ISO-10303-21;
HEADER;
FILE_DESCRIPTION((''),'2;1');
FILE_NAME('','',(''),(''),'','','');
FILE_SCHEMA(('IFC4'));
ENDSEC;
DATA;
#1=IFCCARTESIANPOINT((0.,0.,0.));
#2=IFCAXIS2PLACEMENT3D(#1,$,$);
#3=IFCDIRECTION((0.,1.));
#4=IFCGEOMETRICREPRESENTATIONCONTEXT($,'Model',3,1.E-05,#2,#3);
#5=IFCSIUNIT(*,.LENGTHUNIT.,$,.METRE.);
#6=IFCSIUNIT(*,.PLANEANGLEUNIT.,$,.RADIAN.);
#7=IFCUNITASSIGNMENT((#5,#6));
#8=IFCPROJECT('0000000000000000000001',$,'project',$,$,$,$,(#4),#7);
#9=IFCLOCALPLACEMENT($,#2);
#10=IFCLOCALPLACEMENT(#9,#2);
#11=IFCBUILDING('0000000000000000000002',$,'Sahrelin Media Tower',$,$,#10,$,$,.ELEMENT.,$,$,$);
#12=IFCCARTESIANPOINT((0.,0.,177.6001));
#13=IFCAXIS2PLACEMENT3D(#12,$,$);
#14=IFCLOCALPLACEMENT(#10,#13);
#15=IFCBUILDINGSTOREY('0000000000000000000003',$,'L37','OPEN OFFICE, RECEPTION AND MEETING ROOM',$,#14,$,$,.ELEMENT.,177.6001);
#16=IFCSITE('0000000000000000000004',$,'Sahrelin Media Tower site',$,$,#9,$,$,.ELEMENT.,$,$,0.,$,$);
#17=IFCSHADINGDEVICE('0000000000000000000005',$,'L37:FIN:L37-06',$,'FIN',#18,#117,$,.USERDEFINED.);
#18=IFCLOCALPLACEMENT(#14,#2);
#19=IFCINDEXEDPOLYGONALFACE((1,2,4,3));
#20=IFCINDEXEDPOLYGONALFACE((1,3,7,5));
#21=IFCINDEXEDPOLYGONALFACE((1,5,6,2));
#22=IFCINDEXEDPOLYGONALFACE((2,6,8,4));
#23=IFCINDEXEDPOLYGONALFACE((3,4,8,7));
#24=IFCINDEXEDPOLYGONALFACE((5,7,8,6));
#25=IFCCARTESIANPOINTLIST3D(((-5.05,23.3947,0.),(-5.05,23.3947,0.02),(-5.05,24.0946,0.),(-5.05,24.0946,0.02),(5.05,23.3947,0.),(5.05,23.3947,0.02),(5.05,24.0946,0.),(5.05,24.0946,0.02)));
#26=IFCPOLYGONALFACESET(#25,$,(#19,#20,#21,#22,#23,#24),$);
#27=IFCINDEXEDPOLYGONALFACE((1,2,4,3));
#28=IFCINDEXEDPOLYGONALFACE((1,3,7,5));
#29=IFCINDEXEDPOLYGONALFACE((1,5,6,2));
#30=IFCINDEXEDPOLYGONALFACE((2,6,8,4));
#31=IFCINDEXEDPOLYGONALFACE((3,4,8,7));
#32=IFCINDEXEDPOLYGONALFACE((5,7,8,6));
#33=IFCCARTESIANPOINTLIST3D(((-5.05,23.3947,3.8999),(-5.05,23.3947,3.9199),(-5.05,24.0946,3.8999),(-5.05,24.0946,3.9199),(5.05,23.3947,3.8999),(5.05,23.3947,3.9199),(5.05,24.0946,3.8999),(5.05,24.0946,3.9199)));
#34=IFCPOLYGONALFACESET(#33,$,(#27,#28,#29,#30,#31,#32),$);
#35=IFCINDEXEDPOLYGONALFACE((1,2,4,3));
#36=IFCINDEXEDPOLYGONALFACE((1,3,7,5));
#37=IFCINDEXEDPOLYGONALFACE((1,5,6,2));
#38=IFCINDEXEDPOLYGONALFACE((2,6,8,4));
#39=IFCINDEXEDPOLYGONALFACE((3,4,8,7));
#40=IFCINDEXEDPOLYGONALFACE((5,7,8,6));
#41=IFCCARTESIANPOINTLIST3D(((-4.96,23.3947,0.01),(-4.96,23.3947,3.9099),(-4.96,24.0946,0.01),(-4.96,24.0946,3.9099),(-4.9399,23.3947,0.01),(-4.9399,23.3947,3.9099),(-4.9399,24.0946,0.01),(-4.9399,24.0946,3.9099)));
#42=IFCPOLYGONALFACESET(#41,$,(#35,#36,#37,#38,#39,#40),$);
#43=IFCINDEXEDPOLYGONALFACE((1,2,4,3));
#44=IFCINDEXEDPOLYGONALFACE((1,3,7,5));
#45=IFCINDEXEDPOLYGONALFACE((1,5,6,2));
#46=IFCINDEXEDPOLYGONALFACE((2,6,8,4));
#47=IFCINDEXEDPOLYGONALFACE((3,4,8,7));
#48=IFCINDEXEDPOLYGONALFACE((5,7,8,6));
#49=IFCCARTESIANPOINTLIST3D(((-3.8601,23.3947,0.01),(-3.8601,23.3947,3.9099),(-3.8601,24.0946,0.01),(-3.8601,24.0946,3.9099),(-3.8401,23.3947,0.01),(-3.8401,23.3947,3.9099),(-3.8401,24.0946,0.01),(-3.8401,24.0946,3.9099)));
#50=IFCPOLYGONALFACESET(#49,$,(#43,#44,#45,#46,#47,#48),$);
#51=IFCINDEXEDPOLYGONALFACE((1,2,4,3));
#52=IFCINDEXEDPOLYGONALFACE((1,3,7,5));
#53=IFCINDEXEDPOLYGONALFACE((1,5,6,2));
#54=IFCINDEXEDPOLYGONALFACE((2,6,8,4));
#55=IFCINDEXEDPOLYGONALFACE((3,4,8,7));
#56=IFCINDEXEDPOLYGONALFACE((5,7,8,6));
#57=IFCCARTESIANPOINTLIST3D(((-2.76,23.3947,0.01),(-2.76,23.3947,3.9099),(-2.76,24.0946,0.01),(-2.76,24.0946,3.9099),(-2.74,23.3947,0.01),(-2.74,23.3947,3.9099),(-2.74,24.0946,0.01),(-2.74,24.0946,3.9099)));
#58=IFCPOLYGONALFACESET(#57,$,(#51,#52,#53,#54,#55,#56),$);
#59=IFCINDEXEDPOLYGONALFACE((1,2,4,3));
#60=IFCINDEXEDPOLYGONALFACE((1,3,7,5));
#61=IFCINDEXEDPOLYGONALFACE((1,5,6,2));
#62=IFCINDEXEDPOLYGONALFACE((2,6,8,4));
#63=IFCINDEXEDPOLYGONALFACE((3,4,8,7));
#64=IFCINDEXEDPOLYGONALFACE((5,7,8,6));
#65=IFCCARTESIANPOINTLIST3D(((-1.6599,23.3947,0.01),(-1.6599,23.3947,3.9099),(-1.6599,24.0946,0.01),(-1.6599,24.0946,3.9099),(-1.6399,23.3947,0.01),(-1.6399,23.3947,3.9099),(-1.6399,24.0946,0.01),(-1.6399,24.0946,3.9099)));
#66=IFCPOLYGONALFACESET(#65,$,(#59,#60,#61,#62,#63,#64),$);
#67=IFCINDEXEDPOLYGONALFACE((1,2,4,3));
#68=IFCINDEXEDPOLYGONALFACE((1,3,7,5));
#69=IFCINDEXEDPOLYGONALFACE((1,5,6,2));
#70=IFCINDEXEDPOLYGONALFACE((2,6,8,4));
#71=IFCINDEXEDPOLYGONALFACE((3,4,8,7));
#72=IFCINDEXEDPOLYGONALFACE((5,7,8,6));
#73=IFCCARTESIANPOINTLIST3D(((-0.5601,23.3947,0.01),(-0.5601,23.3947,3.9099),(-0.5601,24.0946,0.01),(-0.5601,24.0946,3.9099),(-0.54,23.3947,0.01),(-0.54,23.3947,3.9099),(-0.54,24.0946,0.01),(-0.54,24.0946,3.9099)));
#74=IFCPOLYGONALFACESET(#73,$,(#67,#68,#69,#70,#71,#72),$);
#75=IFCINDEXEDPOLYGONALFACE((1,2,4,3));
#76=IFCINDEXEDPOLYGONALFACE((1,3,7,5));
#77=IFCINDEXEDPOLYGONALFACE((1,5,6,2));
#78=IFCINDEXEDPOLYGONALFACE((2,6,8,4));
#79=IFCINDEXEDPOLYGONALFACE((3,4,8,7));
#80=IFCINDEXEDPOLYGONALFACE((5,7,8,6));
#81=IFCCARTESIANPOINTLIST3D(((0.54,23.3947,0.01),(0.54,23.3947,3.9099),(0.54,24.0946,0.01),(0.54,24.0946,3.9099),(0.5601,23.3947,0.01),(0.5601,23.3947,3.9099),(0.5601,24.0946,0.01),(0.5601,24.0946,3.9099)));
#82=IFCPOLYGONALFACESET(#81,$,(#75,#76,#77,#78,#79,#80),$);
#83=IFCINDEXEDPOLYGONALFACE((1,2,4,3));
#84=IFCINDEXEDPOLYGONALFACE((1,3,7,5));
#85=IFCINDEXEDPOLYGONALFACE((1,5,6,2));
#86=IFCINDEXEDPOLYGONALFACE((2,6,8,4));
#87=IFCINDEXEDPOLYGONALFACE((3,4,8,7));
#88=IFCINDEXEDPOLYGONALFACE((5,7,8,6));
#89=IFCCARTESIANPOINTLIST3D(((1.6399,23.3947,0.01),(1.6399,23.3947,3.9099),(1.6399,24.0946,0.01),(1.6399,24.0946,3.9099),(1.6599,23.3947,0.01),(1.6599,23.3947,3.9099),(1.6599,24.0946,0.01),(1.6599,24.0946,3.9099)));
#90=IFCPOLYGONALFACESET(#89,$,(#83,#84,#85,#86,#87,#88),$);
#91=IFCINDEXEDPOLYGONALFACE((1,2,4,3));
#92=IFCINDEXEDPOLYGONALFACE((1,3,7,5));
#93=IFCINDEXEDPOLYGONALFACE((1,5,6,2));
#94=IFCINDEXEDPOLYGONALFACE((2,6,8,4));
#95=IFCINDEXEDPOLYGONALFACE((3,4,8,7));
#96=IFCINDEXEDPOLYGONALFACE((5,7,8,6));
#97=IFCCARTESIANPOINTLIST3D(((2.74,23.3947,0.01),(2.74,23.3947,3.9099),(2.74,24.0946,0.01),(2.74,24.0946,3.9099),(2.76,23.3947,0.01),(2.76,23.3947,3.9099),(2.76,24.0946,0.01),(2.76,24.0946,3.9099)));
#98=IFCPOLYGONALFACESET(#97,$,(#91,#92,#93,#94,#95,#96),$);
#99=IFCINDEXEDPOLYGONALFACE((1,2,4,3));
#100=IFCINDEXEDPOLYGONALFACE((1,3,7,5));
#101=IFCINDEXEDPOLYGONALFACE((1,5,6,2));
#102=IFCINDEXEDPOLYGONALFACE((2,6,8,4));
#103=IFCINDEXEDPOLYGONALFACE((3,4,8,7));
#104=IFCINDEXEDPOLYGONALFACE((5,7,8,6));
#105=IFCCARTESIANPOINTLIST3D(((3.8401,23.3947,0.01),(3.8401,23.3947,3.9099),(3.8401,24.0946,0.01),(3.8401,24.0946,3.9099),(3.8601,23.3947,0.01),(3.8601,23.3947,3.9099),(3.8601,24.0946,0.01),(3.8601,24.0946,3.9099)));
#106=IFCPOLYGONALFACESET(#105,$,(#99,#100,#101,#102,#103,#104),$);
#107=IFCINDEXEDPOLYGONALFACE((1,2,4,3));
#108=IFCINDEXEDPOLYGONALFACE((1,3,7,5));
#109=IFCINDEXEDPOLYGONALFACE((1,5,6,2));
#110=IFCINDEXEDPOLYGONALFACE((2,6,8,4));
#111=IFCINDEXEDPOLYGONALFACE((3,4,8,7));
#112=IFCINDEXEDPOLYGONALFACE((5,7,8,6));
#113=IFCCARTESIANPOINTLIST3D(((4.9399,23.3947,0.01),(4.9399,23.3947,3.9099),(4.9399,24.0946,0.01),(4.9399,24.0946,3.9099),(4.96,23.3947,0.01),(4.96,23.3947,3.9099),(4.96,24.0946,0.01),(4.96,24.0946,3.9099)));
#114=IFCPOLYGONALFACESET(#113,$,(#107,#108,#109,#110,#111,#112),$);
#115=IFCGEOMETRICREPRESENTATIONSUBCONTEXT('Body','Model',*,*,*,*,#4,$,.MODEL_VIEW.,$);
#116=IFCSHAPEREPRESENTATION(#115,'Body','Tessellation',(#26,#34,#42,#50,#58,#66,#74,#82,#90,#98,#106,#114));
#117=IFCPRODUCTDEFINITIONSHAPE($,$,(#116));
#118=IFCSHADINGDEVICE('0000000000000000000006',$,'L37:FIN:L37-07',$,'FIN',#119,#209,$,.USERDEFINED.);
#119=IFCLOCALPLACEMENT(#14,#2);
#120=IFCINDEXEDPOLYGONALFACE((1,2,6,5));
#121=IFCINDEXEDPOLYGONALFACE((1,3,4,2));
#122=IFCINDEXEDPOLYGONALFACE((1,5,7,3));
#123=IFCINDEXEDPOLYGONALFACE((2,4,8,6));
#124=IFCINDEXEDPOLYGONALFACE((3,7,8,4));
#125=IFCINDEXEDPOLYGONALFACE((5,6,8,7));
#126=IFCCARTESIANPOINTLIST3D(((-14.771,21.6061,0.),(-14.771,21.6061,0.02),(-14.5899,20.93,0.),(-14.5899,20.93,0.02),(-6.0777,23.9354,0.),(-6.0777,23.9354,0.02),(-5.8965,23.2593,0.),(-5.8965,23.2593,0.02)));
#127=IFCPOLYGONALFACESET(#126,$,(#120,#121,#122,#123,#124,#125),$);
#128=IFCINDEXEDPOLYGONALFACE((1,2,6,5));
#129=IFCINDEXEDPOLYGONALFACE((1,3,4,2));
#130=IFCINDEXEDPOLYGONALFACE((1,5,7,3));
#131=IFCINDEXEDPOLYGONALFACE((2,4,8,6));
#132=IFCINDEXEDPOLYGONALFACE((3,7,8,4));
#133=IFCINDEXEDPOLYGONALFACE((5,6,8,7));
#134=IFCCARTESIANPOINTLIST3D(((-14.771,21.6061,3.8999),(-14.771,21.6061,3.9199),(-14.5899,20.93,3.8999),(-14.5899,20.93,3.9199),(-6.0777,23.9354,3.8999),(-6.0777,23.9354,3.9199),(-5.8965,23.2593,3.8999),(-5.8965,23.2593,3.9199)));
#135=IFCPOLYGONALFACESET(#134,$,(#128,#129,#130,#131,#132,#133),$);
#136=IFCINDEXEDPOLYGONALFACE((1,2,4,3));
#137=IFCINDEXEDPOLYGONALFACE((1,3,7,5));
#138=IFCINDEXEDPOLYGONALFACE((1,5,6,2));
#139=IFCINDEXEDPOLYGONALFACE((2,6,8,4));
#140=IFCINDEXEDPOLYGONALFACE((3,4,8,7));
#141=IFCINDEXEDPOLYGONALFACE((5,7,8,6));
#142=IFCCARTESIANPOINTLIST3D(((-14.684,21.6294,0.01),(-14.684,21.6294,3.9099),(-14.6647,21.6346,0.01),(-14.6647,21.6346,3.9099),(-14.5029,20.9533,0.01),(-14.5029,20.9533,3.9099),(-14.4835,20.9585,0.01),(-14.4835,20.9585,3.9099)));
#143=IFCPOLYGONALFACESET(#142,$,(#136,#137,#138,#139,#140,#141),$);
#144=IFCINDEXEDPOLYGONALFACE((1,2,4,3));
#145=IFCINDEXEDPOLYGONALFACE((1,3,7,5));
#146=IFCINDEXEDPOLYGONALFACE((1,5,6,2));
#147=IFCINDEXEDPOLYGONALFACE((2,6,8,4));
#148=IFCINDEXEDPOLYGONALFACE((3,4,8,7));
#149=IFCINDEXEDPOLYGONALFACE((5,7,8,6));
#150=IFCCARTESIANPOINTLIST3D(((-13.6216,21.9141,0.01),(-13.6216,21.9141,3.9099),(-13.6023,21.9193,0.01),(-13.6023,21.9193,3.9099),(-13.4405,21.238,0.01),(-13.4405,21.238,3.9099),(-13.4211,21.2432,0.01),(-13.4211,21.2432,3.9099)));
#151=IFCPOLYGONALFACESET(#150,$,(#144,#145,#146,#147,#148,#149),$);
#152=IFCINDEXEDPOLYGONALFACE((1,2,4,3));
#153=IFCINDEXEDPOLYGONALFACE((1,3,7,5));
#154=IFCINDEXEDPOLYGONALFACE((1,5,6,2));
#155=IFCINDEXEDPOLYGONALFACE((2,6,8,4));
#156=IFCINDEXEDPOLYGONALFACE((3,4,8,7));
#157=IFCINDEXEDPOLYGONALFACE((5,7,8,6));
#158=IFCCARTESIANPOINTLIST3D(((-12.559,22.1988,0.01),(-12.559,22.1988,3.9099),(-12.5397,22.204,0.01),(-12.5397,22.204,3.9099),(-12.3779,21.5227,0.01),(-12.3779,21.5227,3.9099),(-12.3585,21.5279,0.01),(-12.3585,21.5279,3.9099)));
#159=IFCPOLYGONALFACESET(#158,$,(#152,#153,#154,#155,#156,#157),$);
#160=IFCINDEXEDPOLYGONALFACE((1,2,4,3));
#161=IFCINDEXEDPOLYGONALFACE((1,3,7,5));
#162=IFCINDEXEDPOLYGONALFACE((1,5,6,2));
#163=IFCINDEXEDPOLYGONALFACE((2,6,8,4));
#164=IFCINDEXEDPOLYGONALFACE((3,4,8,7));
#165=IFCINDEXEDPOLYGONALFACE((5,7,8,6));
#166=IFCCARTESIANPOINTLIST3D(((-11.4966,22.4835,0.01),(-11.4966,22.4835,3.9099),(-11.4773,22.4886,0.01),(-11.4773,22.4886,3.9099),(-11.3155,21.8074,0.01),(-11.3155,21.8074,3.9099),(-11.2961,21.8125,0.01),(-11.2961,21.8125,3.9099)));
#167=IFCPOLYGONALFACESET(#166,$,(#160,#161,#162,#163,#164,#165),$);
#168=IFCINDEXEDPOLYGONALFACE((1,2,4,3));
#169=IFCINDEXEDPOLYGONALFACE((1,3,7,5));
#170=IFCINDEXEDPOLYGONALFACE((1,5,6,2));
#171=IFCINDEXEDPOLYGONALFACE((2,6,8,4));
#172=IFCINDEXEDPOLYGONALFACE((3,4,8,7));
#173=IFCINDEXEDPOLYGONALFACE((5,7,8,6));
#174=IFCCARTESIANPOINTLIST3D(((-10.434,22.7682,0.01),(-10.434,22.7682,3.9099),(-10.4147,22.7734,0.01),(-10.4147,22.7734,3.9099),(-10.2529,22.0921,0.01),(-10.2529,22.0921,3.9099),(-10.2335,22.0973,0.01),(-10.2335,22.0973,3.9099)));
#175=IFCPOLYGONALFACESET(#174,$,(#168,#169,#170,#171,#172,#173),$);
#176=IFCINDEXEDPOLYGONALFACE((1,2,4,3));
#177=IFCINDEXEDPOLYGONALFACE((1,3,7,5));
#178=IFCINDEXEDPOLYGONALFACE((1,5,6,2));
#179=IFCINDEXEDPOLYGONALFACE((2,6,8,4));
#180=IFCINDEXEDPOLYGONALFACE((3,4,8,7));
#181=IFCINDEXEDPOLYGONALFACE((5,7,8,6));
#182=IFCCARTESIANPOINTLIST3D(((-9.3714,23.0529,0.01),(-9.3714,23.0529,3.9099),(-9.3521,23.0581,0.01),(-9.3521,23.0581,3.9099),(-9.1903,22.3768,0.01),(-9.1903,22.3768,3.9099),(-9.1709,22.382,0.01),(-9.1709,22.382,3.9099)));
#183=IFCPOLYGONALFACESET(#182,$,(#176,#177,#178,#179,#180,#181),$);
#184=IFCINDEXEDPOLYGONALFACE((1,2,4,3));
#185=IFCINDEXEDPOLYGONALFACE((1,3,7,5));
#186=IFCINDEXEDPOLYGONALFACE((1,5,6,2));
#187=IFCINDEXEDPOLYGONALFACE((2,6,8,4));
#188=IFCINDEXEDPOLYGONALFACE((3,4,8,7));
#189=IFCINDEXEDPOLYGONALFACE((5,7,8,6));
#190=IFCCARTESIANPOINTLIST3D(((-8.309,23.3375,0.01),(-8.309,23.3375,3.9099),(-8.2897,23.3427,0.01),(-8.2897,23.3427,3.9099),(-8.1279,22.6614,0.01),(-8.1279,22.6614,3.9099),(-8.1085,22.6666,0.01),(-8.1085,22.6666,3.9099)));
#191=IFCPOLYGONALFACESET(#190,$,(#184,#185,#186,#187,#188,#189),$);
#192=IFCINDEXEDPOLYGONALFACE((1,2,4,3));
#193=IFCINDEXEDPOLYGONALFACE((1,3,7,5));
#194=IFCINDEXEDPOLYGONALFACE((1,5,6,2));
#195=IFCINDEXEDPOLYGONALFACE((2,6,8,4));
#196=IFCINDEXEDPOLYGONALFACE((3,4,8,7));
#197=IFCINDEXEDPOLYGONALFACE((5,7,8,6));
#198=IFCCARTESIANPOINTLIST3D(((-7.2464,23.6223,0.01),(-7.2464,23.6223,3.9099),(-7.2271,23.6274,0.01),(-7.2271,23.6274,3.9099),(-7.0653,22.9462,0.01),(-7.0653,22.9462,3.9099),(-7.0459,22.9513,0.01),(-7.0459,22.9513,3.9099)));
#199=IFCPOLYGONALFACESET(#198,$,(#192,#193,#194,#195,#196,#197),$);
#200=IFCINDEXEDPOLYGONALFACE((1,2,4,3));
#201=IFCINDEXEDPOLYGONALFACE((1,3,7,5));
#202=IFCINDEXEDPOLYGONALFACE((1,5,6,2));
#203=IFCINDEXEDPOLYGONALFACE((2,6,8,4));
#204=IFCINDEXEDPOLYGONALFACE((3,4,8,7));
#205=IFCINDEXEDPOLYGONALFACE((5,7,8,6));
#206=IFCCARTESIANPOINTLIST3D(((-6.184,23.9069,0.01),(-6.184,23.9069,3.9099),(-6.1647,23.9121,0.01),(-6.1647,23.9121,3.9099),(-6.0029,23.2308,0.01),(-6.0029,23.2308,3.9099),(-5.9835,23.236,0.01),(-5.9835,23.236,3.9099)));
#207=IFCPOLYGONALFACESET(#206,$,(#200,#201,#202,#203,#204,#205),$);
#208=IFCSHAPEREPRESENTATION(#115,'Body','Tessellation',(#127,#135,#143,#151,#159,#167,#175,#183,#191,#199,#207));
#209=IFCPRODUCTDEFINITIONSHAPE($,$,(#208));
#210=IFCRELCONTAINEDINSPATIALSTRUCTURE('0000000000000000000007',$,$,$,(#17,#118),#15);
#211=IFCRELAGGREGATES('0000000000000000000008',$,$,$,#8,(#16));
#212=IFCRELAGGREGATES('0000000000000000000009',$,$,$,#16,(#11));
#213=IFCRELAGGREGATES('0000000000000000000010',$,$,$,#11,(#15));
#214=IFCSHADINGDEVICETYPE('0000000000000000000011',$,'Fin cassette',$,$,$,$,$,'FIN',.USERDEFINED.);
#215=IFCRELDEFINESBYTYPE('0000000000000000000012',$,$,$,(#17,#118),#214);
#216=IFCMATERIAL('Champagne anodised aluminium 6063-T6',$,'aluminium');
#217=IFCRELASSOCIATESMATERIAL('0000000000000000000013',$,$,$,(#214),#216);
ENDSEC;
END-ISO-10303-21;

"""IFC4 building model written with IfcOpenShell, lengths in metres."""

from ifc_helpers import new_model, si_unit, direction, frame, origin, origin_2d, place, context, subcontext, project, spatial, rectangle, extrude, material, type_object, element, save


model = new_model("IFC4")

# Units and contexts
model_context = context("Model", 3, precision=1e-05, world=origin(), true_north=direction((0.0, 1.0)))
body_context = subcontext(model_context, "Body", "Model", "MODEL_VIEW")
ifc_project = project(units=[si_unit("LENGTHUNIT", "METRE"), si_unit("PLANEANGLEUNIT", "RADIAN")], contexts=[model_context])

# Site, building, storey
site_placement = place(None, origin())
site = spatial("IfcSite", under=ifc_project, at=site_placement, Name="Sahrelin Media Tower site", CompositionType="ELEMENT", RefElevation=0.0)
building_placement = place(site_placement, origin())
building = spatial("IfcBuilding", under=site, at=building_placement, Name="Sahrelin Media Tower", CompositionType="ELEMENT")
storey_placement = place(building_placement, frame((0.0, 0.0, 177.6001)))
storey = spatial("IfcBuildingStorey", under=building, at=storey_placement, Name="L37", Description="OPEN OFFICE, RECEPTION AND MEETING ROOM", CompositionType="ELEMENT", Elevation=177.6001)

# Shared definitions
ifc_material_1 = material(Name="Champagne anodised aluminium 6063-T6", Category="aluminium")
placement_1 = place(storey_placement, frame((0.0, 23.3247, 0.0), z_axis=(0.0, 0.0, 1.0), x_axis=(1.0, 0.0, 0.0)))

# Shading devices
shading_device_type_1 = type_object("IfcShadingDeviceType", Name="Fin cassette", ElementType="FIN", PredefinedType="USERDEFINED", material=ifc_material_1)
element("IfcShadingDevice", 1, at=placement_1, inside=storey, type_object=shading_device_type_1, Name="L37:FIN:L37-06", ObjectType="FIN", PredefinedType="USERDEFINED", context=body_context, shape_type="SweptSolid", body=[
    extrude(rectangle(XDim=10.1001, YDim=0.7, at=origin_2d()), frame((0.0, 0.4199, 0.0)), (0.0, 0.0, 1.0), 0.02),
    extrude(rectangle(XDim=10.1001, YDim=0.7, at=origin_2d()), frame((0.0, 0.4199, 3.8999)), (0.0, 0.0, 1.0), 0.02),
    extrude(rectangle(XDim=0.02, YDim=0.7, at=origin_2d()), frame((-4.95, 0.4199, 0.01), z_axis=(0.0, 0.0, 1.0), x_axis=(1.0, 0.0, 0.0)), (0.0, 0.0, 1.0), 3.8999),
    extrude(rectangle(XDim=0.02, YDim=0.7, at=origin_2d()), frame((-3.8501, 0.4199, 0.01), z_axis=(0.0, 0.0, 1.0), x_axis=(1.0, 0.0, 0.0)), (0.0, 0.0, 1.0), 3.8999),
    extrude(rectangle(XDim=0.02, YDim=0.7, at=origin_2d()), frame((-2.75, 0.4199, 0.01), z_axis=(0.0, 0.0, 1.0), x_axis=(1.0, 0.0, 0.0)), (0.0, 0.0, 1.0), 3.8999),
    extrude(rectangle(XDim=0.02, YDim=0.7, at=origin_2d()), frame((-1.6499, 0.4199, 0.01), z_axis=(0.0, 0.0, 1.0), x_axis=(1.0, 0.0, 0.0)), (0.0, 0.0, 1.0), 3.8999),
    extrude(rectangle(XDim=0.02, YDim=0.7, at=origin_2d()), frame((-0.55, 0.4199, 0.01), z_axis=(0.0, 0.0, 1.0), x_axis=(1.0, 0.0, 0.0)), (0.0, 0.0, 1.0), 3.8999),
    extrude(rectangle(XDim=0.02, YDim=0.7, at=origin_2d()), frame((0.55, 0.4199, 0.01), z_axis=(0.0, 0.0, 1.0), x_axis=(1.0, 0.0, 0.0)), (0.0, 0.0, 1.0), 3.8999),
    extrude(rectangle(XDim=0.02, YDim=0.7, at=origin_2d()), frame((1.6499, 0.4199, 0.01), z_axis=(0.0, 0.0, 1.0), x_axis=(1.0, 0.0, 0.0)), (0.0, 0.0, 1.0), 3.8999),
    extrude(rectangle(XDim=0.02, YDim=0.7, at=origin_2d()), frame((2.75, 0.4199, 0.01), z_axis=(0.0, 0.0, 1.0), x_axis=(1.0, 0.0, 0.0)), (0.0, 0.0, 1.0), 3.8999),
    extrude(rectangle(XDim=0.02, YDim=0.7, at=origin_2d()), frame((3.8501, 0.4199, 0.01), z_axis=(0.0, 0.0, 1.0), x_axis=(1.0, 0.0, 0.0)), (0.0, 0.0, 1.0), 3.8999),
    extrude(rectangle(XDim=0.02, YDim=0.7, at=origin_2d()), frame((4.95, 0.4199, 0.01), z_axis=(0.0, 0.0, 1.0), x_axis=(1.0, 0.0, 0.0)), (0.0, 0.0, 1.0), 3.8999),
])
placement_2 = place(storey_placement, frame((-10.2251, 22.0271, 0.0), z_axis=(0.0, 0.0, 1.0), x_axis=(0.965929, 0.258808, 0.0)))
element("IfcShadingDevice", 2, at=placement_2, inside=storey, type_object=shading_device_type_1, Name="L37:FIN:L37-07", ObjectType="FIN", PredefinedType="USERDEFINED", context=body_context, shape_type="SweptSolid", body=[
    extrude(rectangle(XDim=9.0, YDim=0.7, at=origin_2d()), frame((0.0, 0.4199, 0.0)), (0.0, 0.0, 1.0), 0.02),
    extrude(rectangle(XDim=9.0, YDim=0.7, at=origin_2d()), frame((0.0, 0.4199, 3.8999)), (0.0, 0.0, 1.0), 0.02),
    extrude(rectangle(XDim=0.02, YDim=0.7, at=origin_2d()), frame((-4.3999, 0.4199, 0.01), z_axis=(0.0, 0.0, 1.0), x_axis=(1.0, 0.0, 0.0)), (0.0, 0.0, 1.0), 3.8999),
    extrude(rectangle(XDim=0.02, YDim=0.7, at=origin_2d()), frame((-3.3, 0.4199, 0.01), z_axis=(0.0, 0.0, 1.0), x_axis=(1.0, 0.0, 0.0)), (0.0, 0.0, 1.0), 3.8999),
    extrude(rectangle(XDim=0.02, YDim=0.7, at=origin_2d()), frame((-2.2, 0.4199, 0.01), z_axis=(0.0, 0.0, 1.0), x_axis=(1.0, 0.0, 0.0)), (0.0, 0.0, 1.0), 3.8999),
    extrude(rectangle(XDim=0.02, YDim=0.7, at=origin_2d()), frame((-1.1001, 0.4199, 0.01), z_axis=(0.0, 0.0, 1.0), x_axis=(1.0, 0.0, 0.0)), (0.0, 0.0, 1.0), 3.8999),
    extrude(rectangle(XDim=0.02, YDim=0.7, at=origin_2d()), frame((0.0, 0.4199, 0.01), z_axis=(0.0, 0.0, 1.0), x_axis=(1.0, 0.0, 0.0)), (0.0, 0.0, 1.0), 3.8999),
    extrude(rectangle(XDim=0.02, YDim=0.7, at=origin_2d()), frame((1.1001, 0.4199, 0.01), z_axis=(0.0, 0.0, 1.0), x_axis=(1.0, 0.0, 0.0)), (0.0, 0.0, 1.0), 3.8999),
    extrude(rectangle(XDim=0.02, YDim=0.7, at=origin_2d()), frame((2.2, 0.4199, 0.01), z_axis=(0.0, 0.0, 1.0), x_axis=(1.0, 0.0, 0.0)), (0.0, 0.0, 1.0), 3.8999),
    extrude(rectangle(XDim=0.02, YDim=0.7, at=origin_2d()), frame((3.3, 0.4199, 0.01), z_axis=(0.0, 0.0, 1.0), x_axis=(1.0, 0.0, 0.0)), (0.0, 0.0, 1.0), 3.8999),
    extrude(rectangle(XDim=0.02, YDim=0.7, at=origin_2d()), frame((4.3999, 0.4199, 0.01), z_axis=(0.0, 0.0, 1.0), x_axis=(1.0, 0.0, 0.0)), (0.0, 0.0, 1.0), 3.8999),
])

save(model, "model.ifc")
